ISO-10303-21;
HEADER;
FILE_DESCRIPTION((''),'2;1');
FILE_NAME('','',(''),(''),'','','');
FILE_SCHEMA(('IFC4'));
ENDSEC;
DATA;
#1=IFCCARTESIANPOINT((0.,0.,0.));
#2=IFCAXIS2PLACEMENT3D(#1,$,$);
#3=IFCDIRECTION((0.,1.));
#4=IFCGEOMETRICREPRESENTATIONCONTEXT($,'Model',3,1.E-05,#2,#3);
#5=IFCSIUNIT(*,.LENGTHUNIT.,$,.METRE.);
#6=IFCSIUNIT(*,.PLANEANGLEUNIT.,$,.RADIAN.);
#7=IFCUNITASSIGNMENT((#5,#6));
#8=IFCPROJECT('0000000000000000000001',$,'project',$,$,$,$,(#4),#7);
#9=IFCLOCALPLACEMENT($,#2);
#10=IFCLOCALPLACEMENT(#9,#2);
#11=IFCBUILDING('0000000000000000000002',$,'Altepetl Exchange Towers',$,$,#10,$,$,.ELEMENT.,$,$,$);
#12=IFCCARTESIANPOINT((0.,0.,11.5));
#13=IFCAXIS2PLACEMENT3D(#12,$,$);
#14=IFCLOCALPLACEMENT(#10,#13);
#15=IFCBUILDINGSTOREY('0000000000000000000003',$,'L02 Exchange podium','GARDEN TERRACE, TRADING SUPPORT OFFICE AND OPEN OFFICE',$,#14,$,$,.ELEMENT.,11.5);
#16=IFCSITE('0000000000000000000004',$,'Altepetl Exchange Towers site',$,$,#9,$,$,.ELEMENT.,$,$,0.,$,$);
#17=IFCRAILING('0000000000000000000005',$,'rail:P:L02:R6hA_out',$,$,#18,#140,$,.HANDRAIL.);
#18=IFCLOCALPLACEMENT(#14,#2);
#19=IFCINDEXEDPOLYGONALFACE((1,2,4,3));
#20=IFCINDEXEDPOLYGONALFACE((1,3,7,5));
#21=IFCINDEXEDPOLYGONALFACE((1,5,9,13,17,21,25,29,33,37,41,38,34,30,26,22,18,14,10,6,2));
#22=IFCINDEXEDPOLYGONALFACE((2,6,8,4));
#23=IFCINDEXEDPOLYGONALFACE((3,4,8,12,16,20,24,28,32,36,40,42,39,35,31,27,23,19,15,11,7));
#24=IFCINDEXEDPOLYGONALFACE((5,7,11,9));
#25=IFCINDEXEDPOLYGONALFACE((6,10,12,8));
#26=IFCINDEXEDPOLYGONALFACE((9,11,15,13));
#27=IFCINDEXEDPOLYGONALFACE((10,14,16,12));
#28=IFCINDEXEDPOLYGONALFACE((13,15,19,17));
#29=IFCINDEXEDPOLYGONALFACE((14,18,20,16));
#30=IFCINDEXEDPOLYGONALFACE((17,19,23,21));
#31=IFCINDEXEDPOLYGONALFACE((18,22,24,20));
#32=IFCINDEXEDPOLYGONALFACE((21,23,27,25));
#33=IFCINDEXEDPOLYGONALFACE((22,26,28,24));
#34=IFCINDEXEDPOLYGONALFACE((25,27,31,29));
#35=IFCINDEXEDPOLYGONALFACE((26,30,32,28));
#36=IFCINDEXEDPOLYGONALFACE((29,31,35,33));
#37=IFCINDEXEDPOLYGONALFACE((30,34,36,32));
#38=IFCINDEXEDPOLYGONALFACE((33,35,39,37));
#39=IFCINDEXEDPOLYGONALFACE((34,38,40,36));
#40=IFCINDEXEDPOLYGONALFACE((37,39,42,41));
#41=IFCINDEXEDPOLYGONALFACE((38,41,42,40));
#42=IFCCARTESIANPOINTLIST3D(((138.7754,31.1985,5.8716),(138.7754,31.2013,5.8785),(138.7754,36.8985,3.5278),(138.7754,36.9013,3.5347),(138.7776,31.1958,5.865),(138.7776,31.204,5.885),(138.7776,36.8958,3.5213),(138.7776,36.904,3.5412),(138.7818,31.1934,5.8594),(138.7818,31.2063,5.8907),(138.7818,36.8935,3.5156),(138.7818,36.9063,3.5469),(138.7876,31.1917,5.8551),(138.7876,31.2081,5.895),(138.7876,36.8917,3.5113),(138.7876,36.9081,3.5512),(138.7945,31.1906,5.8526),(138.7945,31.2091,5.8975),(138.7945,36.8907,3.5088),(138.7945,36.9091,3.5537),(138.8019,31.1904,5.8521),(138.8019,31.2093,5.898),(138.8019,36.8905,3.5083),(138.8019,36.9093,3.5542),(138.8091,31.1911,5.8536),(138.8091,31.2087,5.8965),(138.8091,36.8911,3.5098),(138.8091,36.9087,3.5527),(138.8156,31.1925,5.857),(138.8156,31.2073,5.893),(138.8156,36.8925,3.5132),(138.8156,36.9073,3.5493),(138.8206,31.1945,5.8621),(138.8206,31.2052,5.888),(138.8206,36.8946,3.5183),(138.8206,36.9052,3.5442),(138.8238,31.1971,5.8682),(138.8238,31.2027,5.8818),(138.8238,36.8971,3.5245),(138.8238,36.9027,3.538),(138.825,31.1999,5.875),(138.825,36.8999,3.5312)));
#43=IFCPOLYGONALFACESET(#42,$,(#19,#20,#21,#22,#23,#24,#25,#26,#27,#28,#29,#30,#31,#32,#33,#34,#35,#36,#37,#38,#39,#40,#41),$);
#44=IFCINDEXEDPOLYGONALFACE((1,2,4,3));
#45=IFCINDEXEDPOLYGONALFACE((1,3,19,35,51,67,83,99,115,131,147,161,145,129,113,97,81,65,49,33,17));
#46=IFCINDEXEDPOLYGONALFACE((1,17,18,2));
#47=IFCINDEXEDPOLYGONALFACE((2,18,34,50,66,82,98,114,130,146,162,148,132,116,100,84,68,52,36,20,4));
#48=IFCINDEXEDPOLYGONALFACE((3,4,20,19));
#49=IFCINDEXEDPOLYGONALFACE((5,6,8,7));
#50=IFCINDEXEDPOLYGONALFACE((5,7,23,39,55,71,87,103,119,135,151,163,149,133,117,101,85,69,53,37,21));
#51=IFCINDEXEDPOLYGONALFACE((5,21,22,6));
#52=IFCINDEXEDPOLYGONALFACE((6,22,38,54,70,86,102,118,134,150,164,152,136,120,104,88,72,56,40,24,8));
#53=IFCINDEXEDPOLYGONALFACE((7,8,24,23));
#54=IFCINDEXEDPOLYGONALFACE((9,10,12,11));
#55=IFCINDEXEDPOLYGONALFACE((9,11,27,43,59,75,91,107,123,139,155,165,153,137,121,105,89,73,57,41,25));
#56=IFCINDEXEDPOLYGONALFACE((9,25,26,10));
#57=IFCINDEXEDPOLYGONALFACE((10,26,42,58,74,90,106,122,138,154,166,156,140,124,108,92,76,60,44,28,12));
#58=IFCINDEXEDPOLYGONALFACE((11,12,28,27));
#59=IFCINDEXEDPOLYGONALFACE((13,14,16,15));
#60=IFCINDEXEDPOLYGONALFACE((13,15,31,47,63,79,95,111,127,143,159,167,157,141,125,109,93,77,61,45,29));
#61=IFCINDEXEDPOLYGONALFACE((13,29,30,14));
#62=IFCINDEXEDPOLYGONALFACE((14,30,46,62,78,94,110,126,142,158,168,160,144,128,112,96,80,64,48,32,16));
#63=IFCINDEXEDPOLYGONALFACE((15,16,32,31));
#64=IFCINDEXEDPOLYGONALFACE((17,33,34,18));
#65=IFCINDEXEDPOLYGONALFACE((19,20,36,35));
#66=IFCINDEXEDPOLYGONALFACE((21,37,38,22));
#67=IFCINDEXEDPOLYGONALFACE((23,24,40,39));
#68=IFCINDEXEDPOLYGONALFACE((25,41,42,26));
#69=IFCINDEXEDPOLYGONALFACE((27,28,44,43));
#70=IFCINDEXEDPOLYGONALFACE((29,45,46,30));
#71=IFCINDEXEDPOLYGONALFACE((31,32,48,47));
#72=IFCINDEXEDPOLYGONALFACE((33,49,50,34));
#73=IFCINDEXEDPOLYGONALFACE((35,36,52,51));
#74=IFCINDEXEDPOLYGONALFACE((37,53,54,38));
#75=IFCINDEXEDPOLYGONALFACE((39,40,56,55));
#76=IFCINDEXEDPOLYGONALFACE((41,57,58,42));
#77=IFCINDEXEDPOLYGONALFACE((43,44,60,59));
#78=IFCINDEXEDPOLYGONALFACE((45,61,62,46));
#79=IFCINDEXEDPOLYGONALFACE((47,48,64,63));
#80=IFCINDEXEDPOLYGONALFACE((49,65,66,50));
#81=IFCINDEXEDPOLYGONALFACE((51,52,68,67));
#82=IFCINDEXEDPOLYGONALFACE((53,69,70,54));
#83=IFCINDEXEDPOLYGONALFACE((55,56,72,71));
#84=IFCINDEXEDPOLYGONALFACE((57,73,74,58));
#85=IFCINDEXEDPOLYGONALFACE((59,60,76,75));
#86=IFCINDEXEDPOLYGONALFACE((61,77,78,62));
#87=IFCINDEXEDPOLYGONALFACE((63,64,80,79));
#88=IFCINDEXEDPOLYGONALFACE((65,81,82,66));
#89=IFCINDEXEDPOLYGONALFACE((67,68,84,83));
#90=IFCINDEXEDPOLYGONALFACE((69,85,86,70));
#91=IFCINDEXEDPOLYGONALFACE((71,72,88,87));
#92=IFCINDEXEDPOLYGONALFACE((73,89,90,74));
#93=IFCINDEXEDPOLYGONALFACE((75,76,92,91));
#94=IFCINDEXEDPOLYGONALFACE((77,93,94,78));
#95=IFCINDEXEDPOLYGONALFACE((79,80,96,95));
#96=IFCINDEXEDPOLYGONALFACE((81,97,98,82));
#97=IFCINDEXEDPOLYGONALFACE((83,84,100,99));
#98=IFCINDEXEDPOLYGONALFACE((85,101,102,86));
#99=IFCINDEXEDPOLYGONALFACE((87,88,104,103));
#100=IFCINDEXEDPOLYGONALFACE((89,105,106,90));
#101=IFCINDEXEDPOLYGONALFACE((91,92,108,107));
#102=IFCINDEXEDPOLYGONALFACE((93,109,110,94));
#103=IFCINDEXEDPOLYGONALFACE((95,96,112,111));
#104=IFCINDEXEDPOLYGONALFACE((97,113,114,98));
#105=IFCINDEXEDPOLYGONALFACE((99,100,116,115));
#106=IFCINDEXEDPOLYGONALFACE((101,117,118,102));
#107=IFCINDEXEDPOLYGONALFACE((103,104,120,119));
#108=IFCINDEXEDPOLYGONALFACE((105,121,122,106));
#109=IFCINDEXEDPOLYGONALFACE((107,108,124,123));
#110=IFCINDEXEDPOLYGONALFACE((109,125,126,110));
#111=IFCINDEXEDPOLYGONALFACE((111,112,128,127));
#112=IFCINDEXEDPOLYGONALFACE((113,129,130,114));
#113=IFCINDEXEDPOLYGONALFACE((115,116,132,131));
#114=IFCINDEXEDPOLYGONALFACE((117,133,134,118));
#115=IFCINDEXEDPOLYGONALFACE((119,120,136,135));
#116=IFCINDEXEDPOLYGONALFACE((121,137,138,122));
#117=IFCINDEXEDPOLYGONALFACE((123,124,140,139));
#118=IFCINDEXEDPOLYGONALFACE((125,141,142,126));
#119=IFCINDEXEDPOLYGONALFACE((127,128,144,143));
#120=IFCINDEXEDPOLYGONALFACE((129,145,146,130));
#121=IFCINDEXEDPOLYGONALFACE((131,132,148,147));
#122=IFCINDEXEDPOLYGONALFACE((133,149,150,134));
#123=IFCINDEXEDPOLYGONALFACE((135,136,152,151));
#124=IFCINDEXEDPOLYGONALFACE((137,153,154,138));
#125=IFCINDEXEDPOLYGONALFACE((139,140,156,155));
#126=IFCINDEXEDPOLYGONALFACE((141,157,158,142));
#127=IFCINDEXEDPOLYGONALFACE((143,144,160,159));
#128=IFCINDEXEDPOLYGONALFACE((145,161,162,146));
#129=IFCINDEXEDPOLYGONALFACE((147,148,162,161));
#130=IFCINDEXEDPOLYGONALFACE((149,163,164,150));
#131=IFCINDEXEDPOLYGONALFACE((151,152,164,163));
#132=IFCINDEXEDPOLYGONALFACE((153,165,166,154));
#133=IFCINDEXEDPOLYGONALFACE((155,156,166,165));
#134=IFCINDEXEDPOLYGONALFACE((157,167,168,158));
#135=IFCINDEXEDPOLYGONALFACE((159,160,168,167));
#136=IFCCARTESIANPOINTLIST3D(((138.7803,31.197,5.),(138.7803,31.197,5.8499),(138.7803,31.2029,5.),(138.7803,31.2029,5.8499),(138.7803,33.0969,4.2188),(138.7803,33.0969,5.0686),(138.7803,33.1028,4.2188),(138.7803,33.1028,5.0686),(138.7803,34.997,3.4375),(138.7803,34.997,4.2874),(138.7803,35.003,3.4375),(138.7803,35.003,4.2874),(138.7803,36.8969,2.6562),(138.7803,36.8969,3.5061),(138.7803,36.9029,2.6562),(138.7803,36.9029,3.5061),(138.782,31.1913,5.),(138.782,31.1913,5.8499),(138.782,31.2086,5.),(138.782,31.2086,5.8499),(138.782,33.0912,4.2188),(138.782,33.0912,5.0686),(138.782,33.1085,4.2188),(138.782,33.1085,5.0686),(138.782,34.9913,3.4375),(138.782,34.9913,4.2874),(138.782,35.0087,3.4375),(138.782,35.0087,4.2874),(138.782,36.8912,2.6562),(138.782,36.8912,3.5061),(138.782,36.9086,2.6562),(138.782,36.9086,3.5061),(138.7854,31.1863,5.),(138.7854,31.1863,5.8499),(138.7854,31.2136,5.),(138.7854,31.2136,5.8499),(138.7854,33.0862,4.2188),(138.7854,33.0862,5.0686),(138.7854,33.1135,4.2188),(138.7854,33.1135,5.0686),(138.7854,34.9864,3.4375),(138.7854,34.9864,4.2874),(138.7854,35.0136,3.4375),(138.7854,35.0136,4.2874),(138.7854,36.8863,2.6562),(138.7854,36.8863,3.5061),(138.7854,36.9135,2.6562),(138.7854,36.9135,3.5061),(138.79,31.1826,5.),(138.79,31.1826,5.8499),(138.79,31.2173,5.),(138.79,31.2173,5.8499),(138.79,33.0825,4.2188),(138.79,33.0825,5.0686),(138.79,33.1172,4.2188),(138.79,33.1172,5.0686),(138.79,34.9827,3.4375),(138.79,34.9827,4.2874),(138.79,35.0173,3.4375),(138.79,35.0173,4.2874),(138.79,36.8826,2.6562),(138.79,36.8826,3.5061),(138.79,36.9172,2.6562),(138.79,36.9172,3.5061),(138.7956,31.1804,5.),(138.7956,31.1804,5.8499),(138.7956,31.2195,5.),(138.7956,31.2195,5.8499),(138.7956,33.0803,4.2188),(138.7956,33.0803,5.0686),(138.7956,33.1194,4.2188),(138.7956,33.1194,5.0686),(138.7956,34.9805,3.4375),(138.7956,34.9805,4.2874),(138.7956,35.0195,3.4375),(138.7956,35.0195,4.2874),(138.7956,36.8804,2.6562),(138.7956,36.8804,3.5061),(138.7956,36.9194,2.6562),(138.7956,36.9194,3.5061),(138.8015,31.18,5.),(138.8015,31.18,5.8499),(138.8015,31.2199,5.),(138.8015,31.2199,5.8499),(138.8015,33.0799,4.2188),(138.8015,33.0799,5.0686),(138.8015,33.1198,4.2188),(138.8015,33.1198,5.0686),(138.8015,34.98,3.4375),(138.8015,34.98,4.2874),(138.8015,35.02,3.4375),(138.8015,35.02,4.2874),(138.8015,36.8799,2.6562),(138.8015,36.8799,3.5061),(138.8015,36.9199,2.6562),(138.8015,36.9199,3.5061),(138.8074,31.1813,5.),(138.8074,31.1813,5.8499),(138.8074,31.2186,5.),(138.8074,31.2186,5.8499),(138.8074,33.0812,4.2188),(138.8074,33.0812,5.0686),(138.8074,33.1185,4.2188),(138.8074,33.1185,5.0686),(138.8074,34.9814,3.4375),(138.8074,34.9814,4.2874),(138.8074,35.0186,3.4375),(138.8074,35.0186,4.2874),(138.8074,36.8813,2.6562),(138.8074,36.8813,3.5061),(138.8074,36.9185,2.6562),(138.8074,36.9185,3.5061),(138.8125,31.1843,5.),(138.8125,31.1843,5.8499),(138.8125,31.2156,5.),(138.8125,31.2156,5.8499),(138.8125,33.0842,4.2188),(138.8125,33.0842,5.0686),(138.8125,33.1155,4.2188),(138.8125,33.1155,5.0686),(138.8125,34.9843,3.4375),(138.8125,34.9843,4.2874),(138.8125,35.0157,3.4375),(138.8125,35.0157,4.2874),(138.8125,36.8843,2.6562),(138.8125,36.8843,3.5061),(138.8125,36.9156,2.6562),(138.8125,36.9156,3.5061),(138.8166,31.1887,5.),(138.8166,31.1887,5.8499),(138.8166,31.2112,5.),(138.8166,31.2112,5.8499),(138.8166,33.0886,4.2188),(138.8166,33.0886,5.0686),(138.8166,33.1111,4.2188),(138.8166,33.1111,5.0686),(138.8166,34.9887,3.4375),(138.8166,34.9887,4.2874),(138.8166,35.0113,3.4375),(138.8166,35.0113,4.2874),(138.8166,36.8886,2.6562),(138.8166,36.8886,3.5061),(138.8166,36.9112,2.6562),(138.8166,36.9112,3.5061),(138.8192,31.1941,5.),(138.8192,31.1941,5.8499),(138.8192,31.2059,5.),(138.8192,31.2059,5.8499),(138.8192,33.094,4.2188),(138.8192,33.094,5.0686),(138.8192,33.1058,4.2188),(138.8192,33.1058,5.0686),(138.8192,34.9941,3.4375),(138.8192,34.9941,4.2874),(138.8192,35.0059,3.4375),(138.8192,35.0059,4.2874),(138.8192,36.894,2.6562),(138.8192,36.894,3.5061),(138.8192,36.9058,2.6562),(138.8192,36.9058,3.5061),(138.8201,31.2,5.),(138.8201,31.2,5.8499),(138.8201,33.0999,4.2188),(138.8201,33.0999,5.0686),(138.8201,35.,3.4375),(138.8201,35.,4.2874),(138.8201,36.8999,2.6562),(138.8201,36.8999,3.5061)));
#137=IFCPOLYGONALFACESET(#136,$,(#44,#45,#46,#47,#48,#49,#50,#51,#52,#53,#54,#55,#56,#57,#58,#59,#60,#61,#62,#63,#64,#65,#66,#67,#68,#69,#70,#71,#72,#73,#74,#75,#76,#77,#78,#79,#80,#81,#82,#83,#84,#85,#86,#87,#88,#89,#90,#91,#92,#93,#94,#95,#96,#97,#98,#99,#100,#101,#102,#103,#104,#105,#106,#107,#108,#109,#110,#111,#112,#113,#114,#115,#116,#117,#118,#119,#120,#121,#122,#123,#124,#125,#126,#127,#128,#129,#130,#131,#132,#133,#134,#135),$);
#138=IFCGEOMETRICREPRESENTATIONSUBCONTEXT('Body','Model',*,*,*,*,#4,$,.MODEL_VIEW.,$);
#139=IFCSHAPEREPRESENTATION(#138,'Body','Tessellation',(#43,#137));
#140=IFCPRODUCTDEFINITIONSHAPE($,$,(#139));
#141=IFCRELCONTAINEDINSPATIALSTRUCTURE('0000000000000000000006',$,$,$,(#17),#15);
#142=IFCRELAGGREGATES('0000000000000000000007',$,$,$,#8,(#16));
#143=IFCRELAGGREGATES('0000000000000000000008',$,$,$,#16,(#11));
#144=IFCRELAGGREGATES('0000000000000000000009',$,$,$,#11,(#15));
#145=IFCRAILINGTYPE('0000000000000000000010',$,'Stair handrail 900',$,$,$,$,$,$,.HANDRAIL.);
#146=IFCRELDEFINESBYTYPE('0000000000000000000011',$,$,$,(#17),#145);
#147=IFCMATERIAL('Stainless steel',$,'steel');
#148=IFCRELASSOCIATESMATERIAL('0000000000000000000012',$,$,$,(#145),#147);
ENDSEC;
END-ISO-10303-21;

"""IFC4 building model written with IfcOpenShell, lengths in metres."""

from ifc_helpers import new_model, si_unit, direction, frame, origin, origin_2d, place, context, subcontext, project, spatial, circle, extrude, source, transform, mapped, material, type_object, element, save


model = new_model("IFC4")

# Units and contexts
model_context = context("Model", 3, precision=1e-05, world=origin(), true_north=direction((0.0, 1.0)))
body_context = subcontext(model_context, "Body", "Model", "MODEL_VIEW")
ifc_project = project(units=[si_unit("LENGTHUNIT", "METRE"), si_unit("PLANEANGLEUNIT", "RADIAN")], contexts=[model_context])

# Site, building, storey
site_placement = place(None, origin())
site = spatial("IfcSite", under=ifc_project, at=site_placement, Name="Altepetl Exchange Towers site", CompositionType="ELEMENT", RefElevation=0.0)
building_placement = place(site_placement, origin())
building = spatial("IfcBuilding", under=site, at=building_placement, Name="Altepetl Exchange Towers", CompositionType="ELEMENT")
storey_placement = place(building_placement, frame((0.0, 0.0, 11.5)))
storey = spatial("IfcBuildingStorey", under=building, at=storey_placement, Name="L02 Exchange podium", Description="GARDEN TERRACE, TRADING SUPPORT OFFICE AND OPEN OFFICE", CompositionType="ELEMENT", Elevation=11.5)

# Railing
ifc_material_1 = material(Name="Stainless steel", Category="steel")
railing_type_1 = type_object("IfcRailingType", Name="Stair handrail 900", PredefinedType="HANDRAIL", material=ifc_material_1)
shared_shape_1 = source(origin(), body_context, "Body", "SweptSolid", [
    extrude(circle(Radius=0.02, at=origin_2d()), origin(), (0.0, 0.0, 1.0), 0.8499),
])
for number, where, name in (
    (1, (138.8, 36.8999, 2.6562), "rail:P:L02:R6hA_out"),
):
    element("IfcRailing", number, at=place(storey_placement, frame(where)), inside=storey, type_object=railing_type_1, Name=name, PredefinedType="HANDRAIL", context=body_context, shape_type="SweptSolid", body=[
        extrude(circle(Radius=0.0249, at=origin_2d()), frame((0.0, 0.0, 0.875), z_axis=(0.0, -0.924866, 0.380293), x_axis=(1.0, 0.0, 0.0)), (0.0, 0.0, 1.0), 6.1631),
        mapped(shared_shape_1, transform((0.0, 0.0, 0.0))),
        mapped(shared_shape_1, transform((0.0, -1.8999, 0.7812))),
        mapped(shared_shape_1, transform((0.0, -3.8, 1.5625))),
        mapped(shared_shape_1, transform((0.0, -5.7, 2.3438))),
    ])

save(model, "model.ifc")
